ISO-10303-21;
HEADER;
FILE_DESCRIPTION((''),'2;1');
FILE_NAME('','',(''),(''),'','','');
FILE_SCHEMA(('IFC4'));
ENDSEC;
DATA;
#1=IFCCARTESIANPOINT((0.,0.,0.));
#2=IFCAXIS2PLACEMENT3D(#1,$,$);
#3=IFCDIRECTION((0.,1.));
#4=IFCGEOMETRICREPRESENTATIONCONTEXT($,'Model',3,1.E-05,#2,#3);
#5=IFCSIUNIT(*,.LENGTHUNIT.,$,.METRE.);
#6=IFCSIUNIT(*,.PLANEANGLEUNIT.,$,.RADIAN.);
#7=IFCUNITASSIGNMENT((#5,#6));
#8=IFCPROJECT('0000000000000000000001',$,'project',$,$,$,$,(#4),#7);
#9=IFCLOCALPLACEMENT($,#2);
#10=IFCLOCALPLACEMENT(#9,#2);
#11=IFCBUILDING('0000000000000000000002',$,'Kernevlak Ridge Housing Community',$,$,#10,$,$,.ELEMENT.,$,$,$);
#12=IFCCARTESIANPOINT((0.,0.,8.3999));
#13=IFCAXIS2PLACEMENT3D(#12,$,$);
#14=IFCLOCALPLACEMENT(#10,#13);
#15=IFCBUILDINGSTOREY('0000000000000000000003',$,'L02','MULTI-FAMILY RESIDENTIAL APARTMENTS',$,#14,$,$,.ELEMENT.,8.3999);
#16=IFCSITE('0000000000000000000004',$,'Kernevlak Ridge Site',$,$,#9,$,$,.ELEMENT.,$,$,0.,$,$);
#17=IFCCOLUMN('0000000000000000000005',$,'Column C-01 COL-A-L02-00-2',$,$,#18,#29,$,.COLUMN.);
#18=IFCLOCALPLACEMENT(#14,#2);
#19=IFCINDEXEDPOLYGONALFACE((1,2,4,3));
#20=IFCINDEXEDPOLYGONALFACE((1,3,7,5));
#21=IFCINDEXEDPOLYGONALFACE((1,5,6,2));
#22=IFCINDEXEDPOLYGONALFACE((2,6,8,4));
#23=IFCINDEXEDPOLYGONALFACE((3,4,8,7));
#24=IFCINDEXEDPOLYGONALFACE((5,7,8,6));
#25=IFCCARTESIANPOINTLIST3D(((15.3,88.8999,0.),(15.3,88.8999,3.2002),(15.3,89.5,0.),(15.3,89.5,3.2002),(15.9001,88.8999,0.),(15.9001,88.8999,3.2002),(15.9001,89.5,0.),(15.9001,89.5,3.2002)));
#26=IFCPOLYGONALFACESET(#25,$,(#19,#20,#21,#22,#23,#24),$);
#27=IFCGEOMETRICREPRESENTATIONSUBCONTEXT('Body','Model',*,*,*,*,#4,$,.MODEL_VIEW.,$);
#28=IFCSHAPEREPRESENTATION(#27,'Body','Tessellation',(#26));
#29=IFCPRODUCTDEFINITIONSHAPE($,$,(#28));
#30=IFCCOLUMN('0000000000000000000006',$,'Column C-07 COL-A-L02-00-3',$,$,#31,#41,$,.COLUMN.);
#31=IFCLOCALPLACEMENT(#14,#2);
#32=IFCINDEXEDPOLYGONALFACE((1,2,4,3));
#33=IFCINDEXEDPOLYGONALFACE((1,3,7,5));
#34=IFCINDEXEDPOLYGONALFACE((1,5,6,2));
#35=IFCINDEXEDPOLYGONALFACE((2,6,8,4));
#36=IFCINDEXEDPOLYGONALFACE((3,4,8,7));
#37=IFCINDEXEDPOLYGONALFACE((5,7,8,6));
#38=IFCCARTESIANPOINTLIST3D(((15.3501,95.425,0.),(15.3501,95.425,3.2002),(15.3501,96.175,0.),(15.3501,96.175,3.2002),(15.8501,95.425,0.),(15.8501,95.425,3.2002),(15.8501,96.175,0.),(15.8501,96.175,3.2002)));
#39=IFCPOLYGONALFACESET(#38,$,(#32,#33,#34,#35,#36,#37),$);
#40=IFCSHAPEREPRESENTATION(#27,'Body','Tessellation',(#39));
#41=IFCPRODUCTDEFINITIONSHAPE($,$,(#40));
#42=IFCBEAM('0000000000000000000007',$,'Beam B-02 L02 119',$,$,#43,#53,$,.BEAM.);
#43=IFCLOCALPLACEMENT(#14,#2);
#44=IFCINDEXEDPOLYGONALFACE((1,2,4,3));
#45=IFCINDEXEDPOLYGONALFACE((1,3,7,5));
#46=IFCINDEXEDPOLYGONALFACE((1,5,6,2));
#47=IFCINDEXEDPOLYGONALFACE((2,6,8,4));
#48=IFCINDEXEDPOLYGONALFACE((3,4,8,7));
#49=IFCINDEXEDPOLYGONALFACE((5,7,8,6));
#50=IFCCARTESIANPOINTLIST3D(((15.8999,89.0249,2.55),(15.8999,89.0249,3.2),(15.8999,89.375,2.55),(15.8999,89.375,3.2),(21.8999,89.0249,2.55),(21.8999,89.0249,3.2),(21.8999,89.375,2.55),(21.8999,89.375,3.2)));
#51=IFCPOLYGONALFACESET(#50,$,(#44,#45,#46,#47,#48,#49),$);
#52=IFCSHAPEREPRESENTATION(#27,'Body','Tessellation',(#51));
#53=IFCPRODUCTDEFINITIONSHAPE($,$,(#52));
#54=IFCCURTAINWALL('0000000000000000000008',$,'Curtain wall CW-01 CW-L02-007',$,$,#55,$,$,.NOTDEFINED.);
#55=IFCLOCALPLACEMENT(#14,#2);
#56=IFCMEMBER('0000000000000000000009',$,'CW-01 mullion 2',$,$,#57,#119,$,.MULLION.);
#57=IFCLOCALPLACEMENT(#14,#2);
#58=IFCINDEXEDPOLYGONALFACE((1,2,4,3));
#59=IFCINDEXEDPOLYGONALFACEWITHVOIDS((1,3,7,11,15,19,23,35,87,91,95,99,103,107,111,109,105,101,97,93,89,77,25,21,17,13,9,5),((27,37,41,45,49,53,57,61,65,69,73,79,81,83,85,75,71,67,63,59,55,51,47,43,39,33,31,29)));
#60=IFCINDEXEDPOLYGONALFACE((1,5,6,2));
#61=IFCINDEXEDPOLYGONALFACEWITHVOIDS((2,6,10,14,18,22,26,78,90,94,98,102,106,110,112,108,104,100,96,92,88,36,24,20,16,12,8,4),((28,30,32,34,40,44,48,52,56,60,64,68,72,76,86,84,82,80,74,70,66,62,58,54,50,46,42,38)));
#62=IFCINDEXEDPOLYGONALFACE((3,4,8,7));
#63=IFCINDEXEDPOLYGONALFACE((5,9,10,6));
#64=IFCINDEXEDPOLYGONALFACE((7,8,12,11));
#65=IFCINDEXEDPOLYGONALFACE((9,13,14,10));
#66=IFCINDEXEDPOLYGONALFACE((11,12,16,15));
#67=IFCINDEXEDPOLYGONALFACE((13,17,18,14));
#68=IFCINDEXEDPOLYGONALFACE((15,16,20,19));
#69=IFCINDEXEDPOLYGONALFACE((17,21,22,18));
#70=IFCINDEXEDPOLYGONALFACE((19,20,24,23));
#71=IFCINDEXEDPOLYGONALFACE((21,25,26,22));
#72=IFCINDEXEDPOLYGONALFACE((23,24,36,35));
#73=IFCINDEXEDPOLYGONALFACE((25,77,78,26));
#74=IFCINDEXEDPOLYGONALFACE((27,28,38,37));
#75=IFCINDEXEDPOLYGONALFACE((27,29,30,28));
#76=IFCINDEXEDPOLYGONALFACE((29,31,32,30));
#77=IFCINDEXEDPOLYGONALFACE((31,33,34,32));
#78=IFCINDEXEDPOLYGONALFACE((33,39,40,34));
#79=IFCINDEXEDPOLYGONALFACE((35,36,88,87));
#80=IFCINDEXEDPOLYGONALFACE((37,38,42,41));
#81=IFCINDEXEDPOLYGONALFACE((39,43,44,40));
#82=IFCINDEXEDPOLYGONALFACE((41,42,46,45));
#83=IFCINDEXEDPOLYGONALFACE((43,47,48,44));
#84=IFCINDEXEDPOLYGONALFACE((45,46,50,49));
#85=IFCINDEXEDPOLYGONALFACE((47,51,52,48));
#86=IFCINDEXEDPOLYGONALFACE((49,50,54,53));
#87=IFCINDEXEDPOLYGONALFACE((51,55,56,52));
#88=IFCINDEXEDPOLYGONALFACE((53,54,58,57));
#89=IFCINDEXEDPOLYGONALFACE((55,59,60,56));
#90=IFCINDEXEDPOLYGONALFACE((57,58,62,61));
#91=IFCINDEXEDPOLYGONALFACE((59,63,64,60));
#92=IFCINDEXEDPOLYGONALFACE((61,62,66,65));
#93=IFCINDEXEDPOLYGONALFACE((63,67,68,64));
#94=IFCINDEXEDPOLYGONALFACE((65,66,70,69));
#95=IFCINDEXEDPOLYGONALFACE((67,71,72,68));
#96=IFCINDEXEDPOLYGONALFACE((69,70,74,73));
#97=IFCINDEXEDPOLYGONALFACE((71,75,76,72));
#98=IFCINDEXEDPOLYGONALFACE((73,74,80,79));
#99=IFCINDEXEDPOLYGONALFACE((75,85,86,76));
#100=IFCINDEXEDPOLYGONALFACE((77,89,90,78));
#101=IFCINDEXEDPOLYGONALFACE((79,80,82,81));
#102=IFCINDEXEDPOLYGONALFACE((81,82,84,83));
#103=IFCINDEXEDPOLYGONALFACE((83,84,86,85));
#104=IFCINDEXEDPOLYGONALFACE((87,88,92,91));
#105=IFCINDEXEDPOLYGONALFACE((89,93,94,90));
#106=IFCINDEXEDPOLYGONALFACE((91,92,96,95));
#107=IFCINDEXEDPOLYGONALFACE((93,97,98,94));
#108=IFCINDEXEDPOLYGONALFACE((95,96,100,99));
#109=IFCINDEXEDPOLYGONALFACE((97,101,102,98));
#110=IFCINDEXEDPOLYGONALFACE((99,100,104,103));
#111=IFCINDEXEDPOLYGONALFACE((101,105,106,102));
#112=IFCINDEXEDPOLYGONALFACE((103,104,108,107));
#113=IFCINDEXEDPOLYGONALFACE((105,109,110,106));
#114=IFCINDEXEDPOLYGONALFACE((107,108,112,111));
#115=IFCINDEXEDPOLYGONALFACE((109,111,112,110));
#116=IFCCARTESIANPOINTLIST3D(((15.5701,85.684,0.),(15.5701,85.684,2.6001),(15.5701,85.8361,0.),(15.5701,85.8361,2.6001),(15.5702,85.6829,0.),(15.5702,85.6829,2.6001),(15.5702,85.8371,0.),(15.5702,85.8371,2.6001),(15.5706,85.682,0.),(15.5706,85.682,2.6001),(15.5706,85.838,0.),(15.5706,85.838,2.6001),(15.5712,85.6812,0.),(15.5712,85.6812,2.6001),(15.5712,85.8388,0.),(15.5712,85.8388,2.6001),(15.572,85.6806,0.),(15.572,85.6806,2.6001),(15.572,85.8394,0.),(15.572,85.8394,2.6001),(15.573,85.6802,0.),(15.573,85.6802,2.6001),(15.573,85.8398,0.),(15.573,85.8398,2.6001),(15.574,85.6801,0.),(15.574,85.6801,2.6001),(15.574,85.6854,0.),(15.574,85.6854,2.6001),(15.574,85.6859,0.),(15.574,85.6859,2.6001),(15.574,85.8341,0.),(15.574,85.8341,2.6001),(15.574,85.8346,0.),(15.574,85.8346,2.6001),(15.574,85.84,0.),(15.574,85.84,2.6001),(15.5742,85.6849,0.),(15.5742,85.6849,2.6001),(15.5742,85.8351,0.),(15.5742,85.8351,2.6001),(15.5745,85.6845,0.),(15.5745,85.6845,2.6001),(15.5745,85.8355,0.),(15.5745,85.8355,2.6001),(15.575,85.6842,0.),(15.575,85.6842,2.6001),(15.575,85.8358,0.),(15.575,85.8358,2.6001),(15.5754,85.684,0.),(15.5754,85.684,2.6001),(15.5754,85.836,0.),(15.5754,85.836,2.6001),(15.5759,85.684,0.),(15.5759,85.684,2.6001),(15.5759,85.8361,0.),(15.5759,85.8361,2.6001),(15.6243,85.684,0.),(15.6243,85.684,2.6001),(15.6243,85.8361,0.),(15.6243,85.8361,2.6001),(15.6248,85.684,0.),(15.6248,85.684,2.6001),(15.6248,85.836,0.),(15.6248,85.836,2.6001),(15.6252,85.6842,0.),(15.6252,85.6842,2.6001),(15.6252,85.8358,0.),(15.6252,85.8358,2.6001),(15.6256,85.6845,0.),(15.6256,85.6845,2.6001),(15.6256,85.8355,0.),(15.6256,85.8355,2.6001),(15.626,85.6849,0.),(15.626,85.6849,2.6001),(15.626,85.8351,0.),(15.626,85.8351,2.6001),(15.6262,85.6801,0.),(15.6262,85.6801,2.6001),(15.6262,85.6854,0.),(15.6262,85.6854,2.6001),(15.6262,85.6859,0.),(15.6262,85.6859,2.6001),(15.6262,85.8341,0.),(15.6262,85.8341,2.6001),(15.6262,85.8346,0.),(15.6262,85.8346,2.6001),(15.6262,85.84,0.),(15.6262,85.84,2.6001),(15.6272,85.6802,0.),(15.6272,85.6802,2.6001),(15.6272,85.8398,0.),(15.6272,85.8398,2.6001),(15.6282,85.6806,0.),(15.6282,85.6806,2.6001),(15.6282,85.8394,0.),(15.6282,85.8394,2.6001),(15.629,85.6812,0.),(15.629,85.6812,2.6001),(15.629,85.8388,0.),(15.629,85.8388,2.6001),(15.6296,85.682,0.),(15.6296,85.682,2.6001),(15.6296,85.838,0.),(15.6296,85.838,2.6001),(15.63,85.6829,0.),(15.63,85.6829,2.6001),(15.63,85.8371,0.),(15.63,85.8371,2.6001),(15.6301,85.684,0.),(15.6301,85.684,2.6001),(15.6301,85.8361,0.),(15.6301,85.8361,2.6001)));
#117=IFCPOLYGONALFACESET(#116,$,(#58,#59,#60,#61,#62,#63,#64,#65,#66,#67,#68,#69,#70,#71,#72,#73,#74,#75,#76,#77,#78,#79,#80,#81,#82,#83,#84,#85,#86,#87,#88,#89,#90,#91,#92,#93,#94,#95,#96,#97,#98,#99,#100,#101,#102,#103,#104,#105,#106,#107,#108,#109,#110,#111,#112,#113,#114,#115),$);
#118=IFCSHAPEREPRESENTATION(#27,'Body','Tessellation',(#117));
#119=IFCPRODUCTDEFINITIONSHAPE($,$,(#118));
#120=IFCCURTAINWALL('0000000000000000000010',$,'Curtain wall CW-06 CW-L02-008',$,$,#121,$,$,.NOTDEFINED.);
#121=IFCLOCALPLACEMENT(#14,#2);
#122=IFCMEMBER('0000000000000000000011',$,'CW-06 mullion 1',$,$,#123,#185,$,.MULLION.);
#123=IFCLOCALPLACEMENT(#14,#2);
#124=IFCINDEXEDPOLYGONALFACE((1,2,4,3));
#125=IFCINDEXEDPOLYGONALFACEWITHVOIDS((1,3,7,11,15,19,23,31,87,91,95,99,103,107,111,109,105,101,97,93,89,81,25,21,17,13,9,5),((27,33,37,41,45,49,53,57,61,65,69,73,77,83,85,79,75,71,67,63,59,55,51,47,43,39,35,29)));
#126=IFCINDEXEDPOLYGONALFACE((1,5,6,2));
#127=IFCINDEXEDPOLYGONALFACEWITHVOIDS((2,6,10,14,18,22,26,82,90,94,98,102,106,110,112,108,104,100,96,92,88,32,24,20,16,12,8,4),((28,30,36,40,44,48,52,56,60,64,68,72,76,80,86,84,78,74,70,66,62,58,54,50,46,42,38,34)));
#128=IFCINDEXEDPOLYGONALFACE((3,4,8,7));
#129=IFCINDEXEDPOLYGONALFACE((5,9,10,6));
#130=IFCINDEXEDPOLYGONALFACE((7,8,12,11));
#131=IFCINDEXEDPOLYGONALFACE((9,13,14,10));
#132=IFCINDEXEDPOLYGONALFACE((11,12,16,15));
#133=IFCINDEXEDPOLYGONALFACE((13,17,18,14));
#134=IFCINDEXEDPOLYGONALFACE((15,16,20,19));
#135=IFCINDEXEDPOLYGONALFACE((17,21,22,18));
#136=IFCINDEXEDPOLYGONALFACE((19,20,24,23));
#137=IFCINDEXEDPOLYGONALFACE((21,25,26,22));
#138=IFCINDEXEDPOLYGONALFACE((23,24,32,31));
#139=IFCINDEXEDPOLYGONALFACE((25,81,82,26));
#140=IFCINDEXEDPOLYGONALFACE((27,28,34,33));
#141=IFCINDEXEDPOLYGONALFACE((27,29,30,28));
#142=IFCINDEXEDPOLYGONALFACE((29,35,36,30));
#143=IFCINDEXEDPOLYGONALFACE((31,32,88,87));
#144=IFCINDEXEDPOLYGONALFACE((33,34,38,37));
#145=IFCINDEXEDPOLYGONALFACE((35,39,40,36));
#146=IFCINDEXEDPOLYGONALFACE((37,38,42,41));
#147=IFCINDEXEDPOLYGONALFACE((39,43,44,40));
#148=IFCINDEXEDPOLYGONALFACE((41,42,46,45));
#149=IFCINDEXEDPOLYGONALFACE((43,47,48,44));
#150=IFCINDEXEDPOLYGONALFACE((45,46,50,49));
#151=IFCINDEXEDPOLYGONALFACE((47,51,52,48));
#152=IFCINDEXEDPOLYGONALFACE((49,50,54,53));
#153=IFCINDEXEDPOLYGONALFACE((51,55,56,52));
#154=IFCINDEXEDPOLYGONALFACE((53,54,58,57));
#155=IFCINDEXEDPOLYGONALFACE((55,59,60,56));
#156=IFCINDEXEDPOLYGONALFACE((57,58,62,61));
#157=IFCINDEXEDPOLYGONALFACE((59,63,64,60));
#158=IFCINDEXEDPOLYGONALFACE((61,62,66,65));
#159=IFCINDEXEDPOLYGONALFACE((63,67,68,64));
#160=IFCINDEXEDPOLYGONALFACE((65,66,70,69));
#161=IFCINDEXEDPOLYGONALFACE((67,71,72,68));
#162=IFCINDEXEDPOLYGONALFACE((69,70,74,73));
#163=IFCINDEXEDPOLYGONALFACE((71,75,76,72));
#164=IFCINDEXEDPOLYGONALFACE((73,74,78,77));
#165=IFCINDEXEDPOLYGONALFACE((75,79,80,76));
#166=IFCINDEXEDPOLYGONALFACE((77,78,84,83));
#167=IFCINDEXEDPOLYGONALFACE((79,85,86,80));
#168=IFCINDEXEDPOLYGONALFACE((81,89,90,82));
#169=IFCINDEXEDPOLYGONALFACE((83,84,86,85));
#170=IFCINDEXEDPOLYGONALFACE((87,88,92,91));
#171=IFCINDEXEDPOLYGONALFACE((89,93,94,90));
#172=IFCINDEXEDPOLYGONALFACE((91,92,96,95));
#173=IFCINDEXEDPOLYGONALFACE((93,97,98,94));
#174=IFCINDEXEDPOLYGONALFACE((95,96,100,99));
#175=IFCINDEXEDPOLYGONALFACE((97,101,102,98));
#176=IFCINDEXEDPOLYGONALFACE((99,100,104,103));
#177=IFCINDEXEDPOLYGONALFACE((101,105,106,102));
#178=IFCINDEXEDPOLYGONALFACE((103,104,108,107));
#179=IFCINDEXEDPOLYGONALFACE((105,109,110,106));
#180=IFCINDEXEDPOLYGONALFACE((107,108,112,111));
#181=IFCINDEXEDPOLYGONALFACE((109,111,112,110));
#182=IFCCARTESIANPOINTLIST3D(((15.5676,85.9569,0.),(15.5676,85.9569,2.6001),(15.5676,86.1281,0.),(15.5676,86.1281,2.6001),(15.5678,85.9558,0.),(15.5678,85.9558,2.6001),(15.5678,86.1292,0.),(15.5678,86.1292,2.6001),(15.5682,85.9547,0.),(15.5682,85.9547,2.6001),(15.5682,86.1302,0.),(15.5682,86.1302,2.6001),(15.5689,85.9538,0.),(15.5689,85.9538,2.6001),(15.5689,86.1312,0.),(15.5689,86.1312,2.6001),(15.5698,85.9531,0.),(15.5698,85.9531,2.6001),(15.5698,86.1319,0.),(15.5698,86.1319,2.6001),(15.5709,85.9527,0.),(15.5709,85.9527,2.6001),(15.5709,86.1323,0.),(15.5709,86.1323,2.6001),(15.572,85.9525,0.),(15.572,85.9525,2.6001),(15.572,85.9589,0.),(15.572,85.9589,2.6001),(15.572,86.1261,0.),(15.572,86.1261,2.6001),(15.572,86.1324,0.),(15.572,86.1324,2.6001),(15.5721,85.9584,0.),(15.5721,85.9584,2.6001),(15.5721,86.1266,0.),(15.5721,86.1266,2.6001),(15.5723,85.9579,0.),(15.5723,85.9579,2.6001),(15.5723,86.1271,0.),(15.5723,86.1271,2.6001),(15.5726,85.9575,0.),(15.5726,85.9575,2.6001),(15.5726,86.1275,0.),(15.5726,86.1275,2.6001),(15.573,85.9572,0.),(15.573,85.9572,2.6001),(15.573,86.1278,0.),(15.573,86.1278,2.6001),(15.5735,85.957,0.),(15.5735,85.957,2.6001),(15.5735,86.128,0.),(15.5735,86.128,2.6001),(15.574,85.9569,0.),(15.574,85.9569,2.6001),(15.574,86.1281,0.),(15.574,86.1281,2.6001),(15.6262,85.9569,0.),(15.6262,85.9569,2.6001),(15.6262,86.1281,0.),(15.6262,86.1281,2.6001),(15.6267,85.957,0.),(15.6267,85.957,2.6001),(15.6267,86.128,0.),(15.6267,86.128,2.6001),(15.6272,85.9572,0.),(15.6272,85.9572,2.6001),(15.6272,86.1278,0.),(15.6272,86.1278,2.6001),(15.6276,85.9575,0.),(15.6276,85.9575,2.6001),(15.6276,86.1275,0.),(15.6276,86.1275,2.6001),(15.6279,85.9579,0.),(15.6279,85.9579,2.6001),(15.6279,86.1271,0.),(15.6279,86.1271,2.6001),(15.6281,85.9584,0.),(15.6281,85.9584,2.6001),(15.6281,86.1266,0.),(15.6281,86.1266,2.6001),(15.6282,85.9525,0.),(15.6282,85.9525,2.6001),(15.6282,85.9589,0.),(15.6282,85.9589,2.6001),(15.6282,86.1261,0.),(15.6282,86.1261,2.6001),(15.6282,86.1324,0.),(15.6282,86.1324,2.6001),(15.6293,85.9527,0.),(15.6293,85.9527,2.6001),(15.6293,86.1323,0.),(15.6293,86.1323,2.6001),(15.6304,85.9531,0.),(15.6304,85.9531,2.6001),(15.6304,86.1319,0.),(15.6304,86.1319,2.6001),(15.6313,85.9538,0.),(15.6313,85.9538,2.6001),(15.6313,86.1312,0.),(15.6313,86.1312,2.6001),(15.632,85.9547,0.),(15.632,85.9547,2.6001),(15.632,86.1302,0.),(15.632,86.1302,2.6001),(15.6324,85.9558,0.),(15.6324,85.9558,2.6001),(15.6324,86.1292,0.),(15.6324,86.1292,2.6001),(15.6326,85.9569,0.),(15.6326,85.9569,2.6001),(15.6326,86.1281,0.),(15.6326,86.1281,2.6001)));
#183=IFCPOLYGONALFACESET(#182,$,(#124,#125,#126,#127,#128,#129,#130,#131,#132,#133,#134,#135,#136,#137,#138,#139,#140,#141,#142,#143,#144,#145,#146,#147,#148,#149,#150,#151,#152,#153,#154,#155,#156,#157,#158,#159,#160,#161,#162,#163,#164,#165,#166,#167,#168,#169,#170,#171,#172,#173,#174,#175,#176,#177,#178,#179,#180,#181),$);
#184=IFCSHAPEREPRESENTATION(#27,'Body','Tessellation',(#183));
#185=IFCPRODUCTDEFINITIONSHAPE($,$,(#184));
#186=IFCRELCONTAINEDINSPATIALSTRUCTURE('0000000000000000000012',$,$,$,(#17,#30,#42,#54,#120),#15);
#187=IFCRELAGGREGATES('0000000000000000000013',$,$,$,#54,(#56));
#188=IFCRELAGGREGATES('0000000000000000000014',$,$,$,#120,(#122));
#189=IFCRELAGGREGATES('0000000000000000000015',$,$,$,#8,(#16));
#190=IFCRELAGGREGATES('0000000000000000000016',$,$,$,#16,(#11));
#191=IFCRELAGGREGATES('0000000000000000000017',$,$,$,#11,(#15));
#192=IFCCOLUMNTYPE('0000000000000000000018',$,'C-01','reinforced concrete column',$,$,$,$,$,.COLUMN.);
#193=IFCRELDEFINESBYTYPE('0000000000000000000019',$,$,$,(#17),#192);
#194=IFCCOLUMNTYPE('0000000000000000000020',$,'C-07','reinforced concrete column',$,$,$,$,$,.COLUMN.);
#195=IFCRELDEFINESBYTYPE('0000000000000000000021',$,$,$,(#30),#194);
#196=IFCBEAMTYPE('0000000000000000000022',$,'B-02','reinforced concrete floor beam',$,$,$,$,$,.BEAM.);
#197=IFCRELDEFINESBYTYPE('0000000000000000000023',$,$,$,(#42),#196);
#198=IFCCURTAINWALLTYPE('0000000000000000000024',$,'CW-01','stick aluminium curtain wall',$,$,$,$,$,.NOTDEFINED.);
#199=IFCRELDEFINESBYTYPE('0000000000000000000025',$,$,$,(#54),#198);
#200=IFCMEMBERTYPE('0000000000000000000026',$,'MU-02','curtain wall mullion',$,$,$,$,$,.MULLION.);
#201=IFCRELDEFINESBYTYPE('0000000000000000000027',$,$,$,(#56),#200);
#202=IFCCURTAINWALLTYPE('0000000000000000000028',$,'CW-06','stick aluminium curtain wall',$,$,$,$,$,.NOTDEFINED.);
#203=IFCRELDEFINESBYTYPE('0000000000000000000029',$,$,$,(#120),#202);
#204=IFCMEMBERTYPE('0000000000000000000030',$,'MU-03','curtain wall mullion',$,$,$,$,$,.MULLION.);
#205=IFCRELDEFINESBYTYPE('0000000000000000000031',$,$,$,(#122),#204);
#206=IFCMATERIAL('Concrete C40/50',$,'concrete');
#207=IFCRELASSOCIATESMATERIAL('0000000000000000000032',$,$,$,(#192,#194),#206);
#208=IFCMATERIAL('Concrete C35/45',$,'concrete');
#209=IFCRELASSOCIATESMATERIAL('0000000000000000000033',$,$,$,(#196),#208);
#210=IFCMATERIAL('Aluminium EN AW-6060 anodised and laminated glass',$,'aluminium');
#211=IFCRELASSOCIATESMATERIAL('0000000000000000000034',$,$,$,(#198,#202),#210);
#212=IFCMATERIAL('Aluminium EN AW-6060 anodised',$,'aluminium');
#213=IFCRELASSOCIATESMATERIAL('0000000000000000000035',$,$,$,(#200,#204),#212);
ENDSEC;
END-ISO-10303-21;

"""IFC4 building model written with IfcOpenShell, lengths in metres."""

from ifc_helpers import new_model, si_unit, direction, frame, origin, origin_2d, place, context, subcontext, project, spatial, rectangle, hollow_rectangle, extrude, material, material_profile, profile_set, type_object, element, aggregate, save


model = new_model("IFC4")

# Units and contexts
model_context = context("Model", 3, precision=1e-05, world=origin(), true_north=direction((0.0, 1.0)))
body_context = subcontext(model_context, "Body", "Model", "MODEL_VIEW")
ifc_project = project(units=[si_unit("LENGTHUNIT", "METRE"), si_unit("PLANEANGLEUNIT", "RADIAN")], contexts=[model_context])

# Site, building, storey
site_placement = place(None, origin())
site = spatial("IfcSite", under=ifc_project, at=site_placement, Name="Kernevlak Ridge Site", CompositionType="ELEMENT", RefElevation=0.0)
building_placement = place(site_placement, origin())
building = spatial("IfcBuilding", under=site, at=building_placement, Name="Kernevlak Ridge Housing Community", CompositionType="ELEMENT")
storey_placement = place(building_placement, frame((0.0, 0.0, 8.3999)))
storey = spatial("IfcBuildingStorey", under=building, at=storey_placement, Name="L02", Description="MULTI-FAMILY RESIDENTIAL APARTMENTS", CompositionType="ELEMENT", Elevation=8.3999)

# Columns
ifc_material_1 = material(Name="Concrete C40/50", Category="concrete")
ifc_material_profile_1 = material_profile(ifc_material_1, rectangle(XDim=0.6001, YDim=0.6001, at=origin_2d()), Name="RC 600x600")
ifc_profile_set_1 = profile_set([ifc_material_profile_1], Name="Concrete C40/50")
column_type_1 = type_object("IfcColumnType", Name="C-01", Description="reinforced concrete column", PredefinedType="COLUMN", material=ifc_profile_set_1)
column_1_placement = place(storey_placement, frame((15.6001, 89.2, 0.0), z_axis=(0.0, 0.0, 1.0), x_axis=(1.0, 0.0, 0.0)))
element("IfcColumn", 1, at=column_1_placement, inside=storey, type_object=column_type_1, Name="Column C-01 COL-A-L02-00-2", PredefinedType="COLUMN", context=body_context, shape_type="SweptSolid", body=[
    extrude(rectangle(XDim=0.6001, YDim=0.6001, at=origin_2d()), origin(), (0.0, 0.0, 1.0), 3.2002),
])
ifc_material_profile_2 = material_profile(ifc_material_1, rectangle(XDim=0.5, YDim=0.75, at=origin_2d()), Name="RC 500x750")
ifc_profile_set_2 = profile_set([ifc_material_profile_2], Name="Concrete C40/50")
column_type_2 = type_object("IfcColumnType", Name="C-07", Description="reinforced concrete column", PredefinedType="COLUMN", material=ifc_profile_set_2)
column_2_placement = place(storey_placement, frame((15.6001, 95.8, 0.0), z_axis=(0.0, 0.0, 1.0), x_axis=(1.0, 0.0, 0.0)))
element("IfcColumn", 2, at=column_2_placement, inside=storey, type_object=column_type_2, Name="Column C-07 COL-A-L02-00-3", PredefinedType="COLUMN", context=body_context, shape_type="SweptSolid", body=[
    extrude(rectangle(XDim=0.5, YDim=0.75, at=origin_2d()), origin(), (0.0, 0.0, 1.0), 3.2002),
])

# Beam
ifc_material_2 = material(Name="Concrete C35/45", Category="concrete")
ifc_material_profile_3 = material_profile(ifc_material_2, rectangle(XDim=0.3501, YDim=0.6499, at=origin_2d()), Name="RC 350x650")
ifc_profile_set_3 = profile_set([ifc_material_profile_3], Name="Concrete C35/45")
beam_type_1 = type_object("IfcBeamType", Name="B-02", Description="reinforced concrete floor beam", PredefinedType="BEAM", material=ifc_profile_set_3)
beam_1_placement = place(storey_placement, frame((15.8999, 89.2, 2.875), z_axis=(1.0, 0.0, 0.0), x_axis=(0.0, 1.0, 0.0)))
element("IfcBeam", 3, at=beam_1_placement, inside=storey, type_object=beam_type_1, Name="Beam B-02 L02 119", PredefinedType="BEAM", context=body_context, shape_type="SweptSolid", body=[
    extrude(rectangle(XDim=0.3501, YDim=0.6499, at=origin_2d()), origin(), (0.0, 0.0, 1.0), 6.0),
])

# Curtain wall, member
ifc_material_3 = material(Name="Aluminium EN AW-6060 anodised and laminated glass", Category="aluminium")
curtain_wall_type_1 = type_object("IfcCurtainWallType", Name="CW-01", Description="stick aluminium curtain wall", PredefinedType="NOTDEFINED", material=ifc_material_3)
curtain_wall_1_placement = place(storey_placement, origin())
curtain_wall_1 = element("IfcCurtainWall", 4, at=curtain_wall_1_placement, inside=storey, type_object=curtain_wall_type_1, Name="Curtain wall CW-01 CW-L02-007", PredefinedType="NOTDEFINED")
ifc_material_4 = material(Name="Aluminium EN AW-6060 anodised", Category="aluminium")
ifc_material_profile_4 = material_profile(ifc_material_4, hollow_rectangle(XDim=0.0601, YDim=0.1599, WallThickness=0.0039, InnerFilletRadius=0.002, OuterFilletRadius=0.0039, at=origin_2d()), Name="ALU 60x160x4")
ifc_profile_set_4 = profile_set([ifc_material_profile_4], Name="Aluminium EN AW-6060 anodised")
member_type_1 = type_object("IfcMemberType", Name="MU-02", Description="curtain wall mullion", PredefinedType="MULLION", material=ifc_profile_set_4)
member_1_placement = place(storey_placement, frame((15.6001, 85.76, 0.0), z_axis=(0.0, 0.0, 1.0), x_axis=(-1.0, 0.0, 0.0)))
member_1 = element("IfcMember", 5, at=member_1_placement, type_object=member_type_1, Name="CW-01 mullion 2", PredefinedType="MULLION", context=body_context, shape_type="SweptSolid", body=[
    extrude(hollow_rectangle(XDim=0.0601, YDim=0.1599, WallThickness=0.0039, InnerFilletRadius=0.002, OuterFilletRadius=0.0039, at=origin_2d()), origin(), (0.0, 0.0, 1.0), 2.6001),
])
aggregate(curtain_wall_1, [member_1])

# Curtain wall, member
curtain_wall_type_2 = type_object("IfcCurtainWallType", Name="CW-06", Description="stick aluminium curtain wall", PredefinedType="NOTDEFINED", material=ifc_material_3)
curtain_wall_2_placement = place(storey_placement, origin())
curtain_wall_2 = element("IfcCurtainWall", 6, at=curtain_wall_2_placement, inside=storey, type_object=curtain_wall_type_2, Name="Curtain wall CW-06 CW-L02-008", PredefinedType="NOTDEFINED")
ifc_material_profile_5 = material_profile(ifc_material_4, hollow_rectangle(XDim=0.0649, YDim=0.1799, WallThickness=0.0044, InnerFilletRadius=0.002, OuterFilletRadius=0.0044, at=origin_2d()), Name="ALU 65x180x4.5")
ifc_profile_set_5 = profile_set([ifc_material_profile_5], Name="Aluminium EN AW-6060 anodised")
member_type_2 = type_object("IfcMemberType", Name="MU-03", Description="curtain wall mullion", PredefinedType="MULLION", material=ifc_profile_set_5)
member_2_placement = place(storey_placement, frame((15.6001, 86.0425, 0.0), z_axis=(0.0, 0.0, 1.0), x_axis=(-1.0, 0.0, 0.0)))
member_2 = element("IfcMember", 7, at=member_2_placement, type_object=member_type_2, Name="CW-06 mullion 1", PredefinedType="MULLION", context=body_context, shape_type="SweptSolid", body=[
    extrude(hollow_rectangle(XDim=0.0649, YDim=0.1799, WallThickness=0.0044, InnerFilletRadius=0.002, OuterFilletRadius=0.0044, at=origin_2d()), origin(), (0.0, 0.0, 1.0), 2.6001),
])

aggregate(curtain_wall_2, [member_2])

save(model, "model.ifc")
